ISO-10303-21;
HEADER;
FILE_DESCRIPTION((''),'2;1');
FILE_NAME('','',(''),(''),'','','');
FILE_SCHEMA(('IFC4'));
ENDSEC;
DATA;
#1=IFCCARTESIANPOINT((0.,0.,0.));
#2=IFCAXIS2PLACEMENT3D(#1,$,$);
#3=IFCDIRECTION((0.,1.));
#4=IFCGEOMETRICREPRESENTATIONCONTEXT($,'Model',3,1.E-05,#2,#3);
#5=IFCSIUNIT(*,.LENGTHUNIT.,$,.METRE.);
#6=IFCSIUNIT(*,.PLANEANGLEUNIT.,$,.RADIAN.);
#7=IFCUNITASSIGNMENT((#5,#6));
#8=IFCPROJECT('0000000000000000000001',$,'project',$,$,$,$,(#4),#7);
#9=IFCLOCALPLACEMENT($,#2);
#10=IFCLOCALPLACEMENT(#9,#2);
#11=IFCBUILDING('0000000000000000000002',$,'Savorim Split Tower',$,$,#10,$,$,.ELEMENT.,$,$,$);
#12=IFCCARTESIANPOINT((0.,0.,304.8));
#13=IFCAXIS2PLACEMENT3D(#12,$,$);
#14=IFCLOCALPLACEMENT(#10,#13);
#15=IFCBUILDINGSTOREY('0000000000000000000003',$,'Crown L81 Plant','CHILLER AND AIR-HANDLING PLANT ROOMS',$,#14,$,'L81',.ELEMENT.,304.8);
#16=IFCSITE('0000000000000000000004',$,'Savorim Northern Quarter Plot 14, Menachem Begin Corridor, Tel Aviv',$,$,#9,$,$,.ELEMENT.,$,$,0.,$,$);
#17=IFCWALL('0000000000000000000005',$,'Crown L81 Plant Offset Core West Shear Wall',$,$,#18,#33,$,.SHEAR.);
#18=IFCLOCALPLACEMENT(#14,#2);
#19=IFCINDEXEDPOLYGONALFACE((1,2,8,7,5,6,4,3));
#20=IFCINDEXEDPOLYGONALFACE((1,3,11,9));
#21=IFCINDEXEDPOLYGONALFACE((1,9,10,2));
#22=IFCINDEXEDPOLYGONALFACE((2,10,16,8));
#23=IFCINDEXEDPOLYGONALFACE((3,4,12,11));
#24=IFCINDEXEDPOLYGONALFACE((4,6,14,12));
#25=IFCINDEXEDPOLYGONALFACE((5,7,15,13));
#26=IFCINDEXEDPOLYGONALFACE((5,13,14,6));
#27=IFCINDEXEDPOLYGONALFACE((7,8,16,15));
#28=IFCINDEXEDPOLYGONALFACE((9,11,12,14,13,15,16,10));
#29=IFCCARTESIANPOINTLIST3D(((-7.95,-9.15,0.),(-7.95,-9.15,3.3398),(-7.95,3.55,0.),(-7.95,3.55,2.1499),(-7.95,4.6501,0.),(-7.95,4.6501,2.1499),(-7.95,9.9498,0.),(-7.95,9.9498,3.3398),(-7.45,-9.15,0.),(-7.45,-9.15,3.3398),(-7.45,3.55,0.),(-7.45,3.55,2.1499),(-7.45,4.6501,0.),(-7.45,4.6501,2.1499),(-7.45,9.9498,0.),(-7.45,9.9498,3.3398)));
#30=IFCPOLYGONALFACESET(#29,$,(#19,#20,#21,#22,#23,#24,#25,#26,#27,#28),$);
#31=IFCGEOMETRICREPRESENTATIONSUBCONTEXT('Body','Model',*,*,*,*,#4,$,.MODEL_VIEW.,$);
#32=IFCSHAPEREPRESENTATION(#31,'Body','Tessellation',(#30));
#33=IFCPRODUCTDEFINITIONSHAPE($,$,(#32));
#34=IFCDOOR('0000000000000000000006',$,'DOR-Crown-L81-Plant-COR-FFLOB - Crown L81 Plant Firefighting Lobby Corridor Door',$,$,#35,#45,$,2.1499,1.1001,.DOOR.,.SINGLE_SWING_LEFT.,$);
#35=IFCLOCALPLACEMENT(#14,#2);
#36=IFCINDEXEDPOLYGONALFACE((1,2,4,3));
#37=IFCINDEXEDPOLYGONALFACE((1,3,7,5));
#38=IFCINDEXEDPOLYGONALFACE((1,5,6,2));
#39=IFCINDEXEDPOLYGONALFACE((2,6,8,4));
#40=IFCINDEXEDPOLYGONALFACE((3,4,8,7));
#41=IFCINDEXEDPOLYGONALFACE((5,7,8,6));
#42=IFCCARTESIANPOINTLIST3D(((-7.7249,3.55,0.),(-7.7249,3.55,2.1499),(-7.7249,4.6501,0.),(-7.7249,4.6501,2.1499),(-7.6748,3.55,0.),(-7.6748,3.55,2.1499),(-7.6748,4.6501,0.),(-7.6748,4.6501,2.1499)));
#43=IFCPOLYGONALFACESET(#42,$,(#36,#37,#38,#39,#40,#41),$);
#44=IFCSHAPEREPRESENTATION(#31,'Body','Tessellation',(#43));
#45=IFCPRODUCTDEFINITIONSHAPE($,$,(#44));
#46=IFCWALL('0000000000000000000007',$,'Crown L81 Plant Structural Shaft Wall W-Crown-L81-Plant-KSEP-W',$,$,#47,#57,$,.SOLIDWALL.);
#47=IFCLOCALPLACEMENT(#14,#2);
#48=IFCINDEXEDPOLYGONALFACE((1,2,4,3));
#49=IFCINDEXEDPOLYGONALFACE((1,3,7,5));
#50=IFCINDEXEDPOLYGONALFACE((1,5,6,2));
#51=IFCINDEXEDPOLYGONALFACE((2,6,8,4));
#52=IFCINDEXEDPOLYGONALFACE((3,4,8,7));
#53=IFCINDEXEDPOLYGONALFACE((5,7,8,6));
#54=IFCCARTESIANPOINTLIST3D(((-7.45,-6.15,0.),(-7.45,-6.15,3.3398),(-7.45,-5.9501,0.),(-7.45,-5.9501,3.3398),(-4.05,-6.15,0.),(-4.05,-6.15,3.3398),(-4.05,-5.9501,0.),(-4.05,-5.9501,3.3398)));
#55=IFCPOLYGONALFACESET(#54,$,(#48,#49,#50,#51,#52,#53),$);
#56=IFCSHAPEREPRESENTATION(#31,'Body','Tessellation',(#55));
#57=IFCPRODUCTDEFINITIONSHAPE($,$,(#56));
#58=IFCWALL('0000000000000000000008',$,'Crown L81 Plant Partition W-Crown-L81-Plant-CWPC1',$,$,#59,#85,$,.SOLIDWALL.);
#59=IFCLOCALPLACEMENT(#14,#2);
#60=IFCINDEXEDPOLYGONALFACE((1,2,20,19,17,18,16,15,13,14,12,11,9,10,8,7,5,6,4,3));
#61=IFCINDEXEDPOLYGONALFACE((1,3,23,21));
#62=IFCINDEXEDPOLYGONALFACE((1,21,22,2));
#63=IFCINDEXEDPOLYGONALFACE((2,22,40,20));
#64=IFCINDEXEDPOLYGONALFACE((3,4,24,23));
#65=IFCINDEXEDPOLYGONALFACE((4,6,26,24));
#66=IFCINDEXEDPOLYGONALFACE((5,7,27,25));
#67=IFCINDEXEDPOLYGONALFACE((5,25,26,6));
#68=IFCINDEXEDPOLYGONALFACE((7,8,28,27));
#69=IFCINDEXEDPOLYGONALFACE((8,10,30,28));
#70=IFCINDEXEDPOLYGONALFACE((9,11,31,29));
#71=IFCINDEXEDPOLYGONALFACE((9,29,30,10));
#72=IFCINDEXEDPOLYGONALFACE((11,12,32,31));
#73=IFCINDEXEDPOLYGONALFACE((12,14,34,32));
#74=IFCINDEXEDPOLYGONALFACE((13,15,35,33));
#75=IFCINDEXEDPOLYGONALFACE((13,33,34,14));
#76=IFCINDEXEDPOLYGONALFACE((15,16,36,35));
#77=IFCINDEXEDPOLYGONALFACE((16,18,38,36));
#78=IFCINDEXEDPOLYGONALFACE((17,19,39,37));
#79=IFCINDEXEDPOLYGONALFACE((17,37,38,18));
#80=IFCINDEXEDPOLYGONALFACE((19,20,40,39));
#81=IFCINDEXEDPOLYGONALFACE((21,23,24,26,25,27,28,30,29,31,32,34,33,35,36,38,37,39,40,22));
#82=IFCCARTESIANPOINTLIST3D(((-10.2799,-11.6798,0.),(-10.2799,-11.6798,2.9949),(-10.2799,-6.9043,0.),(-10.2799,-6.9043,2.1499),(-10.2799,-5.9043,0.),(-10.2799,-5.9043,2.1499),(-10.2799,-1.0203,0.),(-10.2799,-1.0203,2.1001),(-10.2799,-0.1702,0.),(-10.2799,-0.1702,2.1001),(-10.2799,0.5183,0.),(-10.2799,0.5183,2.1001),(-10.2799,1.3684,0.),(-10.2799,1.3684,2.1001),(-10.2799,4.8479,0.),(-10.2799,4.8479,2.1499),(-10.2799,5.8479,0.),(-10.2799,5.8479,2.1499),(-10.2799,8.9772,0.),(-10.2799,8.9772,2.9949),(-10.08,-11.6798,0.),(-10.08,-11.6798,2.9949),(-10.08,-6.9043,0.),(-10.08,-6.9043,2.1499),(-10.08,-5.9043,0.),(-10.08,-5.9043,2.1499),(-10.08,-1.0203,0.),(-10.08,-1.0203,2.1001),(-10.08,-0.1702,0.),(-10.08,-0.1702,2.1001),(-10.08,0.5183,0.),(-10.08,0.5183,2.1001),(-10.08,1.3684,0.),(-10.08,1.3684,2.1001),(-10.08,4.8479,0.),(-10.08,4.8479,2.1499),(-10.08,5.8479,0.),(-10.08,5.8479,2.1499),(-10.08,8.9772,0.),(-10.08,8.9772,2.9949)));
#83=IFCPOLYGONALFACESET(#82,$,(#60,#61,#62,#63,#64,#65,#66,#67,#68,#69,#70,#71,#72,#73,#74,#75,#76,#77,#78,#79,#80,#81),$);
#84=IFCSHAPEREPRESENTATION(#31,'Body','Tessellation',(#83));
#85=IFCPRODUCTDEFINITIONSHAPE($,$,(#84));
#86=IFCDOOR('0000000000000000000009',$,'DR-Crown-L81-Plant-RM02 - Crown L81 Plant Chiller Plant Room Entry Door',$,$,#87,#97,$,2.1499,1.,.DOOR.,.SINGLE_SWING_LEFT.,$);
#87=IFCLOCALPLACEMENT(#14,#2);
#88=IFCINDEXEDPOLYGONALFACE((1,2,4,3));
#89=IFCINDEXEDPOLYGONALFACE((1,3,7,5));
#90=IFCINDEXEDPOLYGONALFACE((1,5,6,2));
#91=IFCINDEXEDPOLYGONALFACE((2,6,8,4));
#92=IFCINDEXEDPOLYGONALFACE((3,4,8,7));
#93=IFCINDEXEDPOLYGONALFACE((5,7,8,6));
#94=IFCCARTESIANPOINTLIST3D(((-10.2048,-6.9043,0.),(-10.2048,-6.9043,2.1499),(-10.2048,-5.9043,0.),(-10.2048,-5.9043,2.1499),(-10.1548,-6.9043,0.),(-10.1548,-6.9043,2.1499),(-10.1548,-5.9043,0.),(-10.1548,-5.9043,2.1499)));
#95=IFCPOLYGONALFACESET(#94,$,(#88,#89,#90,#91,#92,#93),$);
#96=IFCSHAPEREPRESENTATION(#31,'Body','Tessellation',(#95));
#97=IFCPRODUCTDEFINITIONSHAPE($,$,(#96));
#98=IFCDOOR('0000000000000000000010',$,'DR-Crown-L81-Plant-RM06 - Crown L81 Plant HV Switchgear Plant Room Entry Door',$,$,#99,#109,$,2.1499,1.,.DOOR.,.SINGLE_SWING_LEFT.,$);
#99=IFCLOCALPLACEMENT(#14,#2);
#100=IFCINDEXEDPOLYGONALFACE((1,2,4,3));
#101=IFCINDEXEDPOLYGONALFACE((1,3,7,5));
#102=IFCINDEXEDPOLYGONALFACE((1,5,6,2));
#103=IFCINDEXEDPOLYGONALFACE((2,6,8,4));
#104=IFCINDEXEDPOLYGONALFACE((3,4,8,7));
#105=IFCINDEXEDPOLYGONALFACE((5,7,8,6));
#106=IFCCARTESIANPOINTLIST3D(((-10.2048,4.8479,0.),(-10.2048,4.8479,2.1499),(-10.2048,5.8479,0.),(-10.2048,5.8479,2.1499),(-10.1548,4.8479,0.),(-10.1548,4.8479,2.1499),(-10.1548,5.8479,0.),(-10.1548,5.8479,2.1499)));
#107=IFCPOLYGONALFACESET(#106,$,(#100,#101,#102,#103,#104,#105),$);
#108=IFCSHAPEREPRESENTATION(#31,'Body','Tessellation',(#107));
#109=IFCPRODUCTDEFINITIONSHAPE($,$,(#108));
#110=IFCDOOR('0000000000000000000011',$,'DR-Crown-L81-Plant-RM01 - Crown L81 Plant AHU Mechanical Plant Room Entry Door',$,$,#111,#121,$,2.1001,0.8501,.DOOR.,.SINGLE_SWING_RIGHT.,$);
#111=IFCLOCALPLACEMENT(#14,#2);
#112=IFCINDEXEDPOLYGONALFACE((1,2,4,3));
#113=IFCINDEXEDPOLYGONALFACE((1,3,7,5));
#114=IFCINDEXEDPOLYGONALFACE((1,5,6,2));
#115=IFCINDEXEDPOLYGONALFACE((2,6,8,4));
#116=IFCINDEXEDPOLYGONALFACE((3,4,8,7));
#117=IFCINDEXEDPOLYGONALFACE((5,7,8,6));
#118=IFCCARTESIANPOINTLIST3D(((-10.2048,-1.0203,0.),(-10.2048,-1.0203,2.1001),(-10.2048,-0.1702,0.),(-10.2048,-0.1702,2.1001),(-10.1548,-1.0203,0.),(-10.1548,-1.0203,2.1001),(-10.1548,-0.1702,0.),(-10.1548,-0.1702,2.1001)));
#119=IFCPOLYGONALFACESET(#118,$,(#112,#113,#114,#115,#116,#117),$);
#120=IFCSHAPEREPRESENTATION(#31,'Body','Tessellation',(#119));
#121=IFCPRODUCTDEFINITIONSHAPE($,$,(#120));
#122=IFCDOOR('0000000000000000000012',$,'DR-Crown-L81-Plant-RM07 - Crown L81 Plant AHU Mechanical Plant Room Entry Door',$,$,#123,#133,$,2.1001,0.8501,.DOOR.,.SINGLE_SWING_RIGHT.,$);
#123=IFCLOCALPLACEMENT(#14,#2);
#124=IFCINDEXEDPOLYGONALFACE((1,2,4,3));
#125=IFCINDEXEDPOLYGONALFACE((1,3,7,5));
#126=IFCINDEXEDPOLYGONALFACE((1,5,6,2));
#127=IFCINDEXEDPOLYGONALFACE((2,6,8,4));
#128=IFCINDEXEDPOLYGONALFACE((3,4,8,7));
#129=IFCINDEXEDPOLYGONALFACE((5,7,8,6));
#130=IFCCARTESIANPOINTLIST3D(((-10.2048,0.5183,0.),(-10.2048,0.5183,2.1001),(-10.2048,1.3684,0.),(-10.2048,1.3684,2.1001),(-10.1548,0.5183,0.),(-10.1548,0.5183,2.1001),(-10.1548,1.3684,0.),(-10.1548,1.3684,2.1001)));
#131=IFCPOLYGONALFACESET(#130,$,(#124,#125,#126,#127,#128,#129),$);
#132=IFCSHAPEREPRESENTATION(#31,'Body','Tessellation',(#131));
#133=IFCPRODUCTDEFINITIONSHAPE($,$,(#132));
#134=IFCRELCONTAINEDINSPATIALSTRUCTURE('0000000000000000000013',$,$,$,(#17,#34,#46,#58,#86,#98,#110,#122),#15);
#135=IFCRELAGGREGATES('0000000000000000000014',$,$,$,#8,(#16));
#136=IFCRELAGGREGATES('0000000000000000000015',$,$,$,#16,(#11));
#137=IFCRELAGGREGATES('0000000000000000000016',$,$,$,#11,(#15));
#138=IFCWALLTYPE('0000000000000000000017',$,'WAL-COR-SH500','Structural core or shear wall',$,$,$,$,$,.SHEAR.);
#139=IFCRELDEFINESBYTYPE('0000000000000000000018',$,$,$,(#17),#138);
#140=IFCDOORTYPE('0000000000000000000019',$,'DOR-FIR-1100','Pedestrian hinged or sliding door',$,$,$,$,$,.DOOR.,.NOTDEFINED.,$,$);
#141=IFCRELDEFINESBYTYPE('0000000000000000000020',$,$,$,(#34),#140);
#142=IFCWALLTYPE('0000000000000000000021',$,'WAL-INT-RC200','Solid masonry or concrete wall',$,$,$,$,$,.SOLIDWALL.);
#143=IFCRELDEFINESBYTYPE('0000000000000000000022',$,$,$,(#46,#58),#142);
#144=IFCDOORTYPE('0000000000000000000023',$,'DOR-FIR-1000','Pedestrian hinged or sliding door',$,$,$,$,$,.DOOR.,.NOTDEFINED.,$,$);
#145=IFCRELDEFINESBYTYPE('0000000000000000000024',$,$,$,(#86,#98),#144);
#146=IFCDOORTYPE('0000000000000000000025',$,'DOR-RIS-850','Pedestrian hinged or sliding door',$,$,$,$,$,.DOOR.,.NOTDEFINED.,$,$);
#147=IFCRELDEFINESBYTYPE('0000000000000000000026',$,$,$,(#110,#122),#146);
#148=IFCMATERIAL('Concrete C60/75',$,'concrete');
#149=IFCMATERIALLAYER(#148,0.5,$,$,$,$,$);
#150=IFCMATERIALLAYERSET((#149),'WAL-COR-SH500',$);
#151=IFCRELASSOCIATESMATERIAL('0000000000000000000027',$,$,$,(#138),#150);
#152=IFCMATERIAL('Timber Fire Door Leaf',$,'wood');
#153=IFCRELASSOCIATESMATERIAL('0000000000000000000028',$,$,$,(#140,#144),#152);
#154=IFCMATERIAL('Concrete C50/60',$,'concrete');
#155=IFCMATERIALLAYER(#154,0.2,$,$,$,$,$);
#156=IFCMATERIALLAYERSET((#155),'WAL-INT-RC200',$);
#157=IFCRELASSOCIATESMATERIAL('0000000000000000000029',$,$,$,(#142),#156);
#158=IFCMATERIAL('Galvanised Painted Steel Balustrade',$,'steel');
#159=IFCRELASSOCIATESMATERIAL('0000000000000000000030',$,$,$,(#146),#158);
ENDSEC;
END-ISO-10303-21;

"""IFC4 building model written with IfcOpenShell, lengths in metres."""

from ifc_helpers import new_model, si_unit, direction, frame, frame_2d, origin, place, context, subcontext, project, spatial, rectangle, extrude, material, layer, layer_set, type_object, element, fill, save


model = new_model("IFC4")

# Units and contexts
model_context = context("Model", 3, precision=1e-05, world=origin(), true_north=direction((0.0, 1.0)))
body_context = subcontext(model_context, "Body", "Model", "MODEL_VIEW")
ifc_project = project(units=[si_unit("LENGTHUNIT", "METRE"), si_unit("PLANEANGLEUNIT", "RADIAN")], contexts=[model_context])

# Site, building, storey
site_placement = place(None, origin())
site = spatial("IfcSite", under=ifc_project, at=site_placement, Name="Savorim Northern Quarter Plot 14, Menachem Begin Corridor, Tel Aviv", CompositionType="ELEMENT", RefElevation=0.0)
building_placement = place(site_placement, origin())
building = spatial("IfcBuilding", under=site, at=building_placement, Name="Savorim Split Tower", CompositionType="ELEMENT")
storey_placement = place(building_placement, frame((0.0, 0.0, 304.8)))
storey = spatial("IfcBuildingStorey", under=building, at=storey_placement, Name="Crown L81 Plant", Description="CHILLER AND AIR-HANDLING PLANT ROOMS", LongName="L81", CompositionType="ELEMENT", Elevation=304.8)

# Wall, opening, door
ifc_material_1 = material(Name="Concrete C60/75", Category="concrete")
ifc_layer_1 = layer(ifc_material_1, 0.5)
ifc_layer_set_1 = layer_set([ifc_layer_1], Name="WAL-COR-SH500")
wall_type_1 = type_object("IfcWallType", Name="WAL-COR-SH500", Description="Structural core or shear wall", PredefinedType="SHEAR", material=ifc_layer_set_1)
ifc_material_2 = material(Name="Timber Fire Door Leaf", Category="wood")
wall_1_placement = place(storey_placement, frame((-7.7, -9.1499, 0.0), z_axis=(0.0, 0.0, 1.0), x_axis=(0.0, 1.0, 0.0)))
wall_1 = element("IfcWall", 1, at=wall_1_placement, inside=storey, type_object=wall_type_1, Name="Crown L81 Plant Offset Core West Shear Wall", PredefinedType="SHEAR", context=body_context, shape_type="SweptSolid", body=[
    extrude(rectangle(XDim=19.0999, YDim=0.5, at=frame_2d((9.5498, 0.0))), origin(), (0.0, 0.0, 1.0), 3.3398),
])
opening_1_placement = place(wall_1_placement, frame((12.7, 0.0, 0.0)))
opening_1 = element("IfcOpeningElement", 2, at=opening_1_placement, cuts=wall_1, PredefinedType="OPENING", context=body_context, shape_type="SweptSolid", body=[
    extrude(rectangle(XDim=1.1001, YDim=2.1499, at=frame_2d((0.55, 1.075))), frame((0.0, 0.26, 0.0), z_axis=(0.0, -1.0, 0.0), x_axis=(1.0, 0.0, 0.0)), (0.0, 0.0, 1.0), 0.52),
])
door_type_1 = type_object("IfcDoorType", Name="DOR-FIR-1100", Description="Pedestrian hinged or sliding door", OperationType="NOTDEFINED", PredefinedType="DOOR", material=ifc_material_2)
door_1_placement = place(opening_1_placement, origin())
door_1 = element("IfcDoor", 3, at=door_1_placement, inside=storey, type_object=door_type_1, Name="DOR-Crown-L81-Plant-COR-FFLOB - Crown L81 Plant Firefighting Lobby Corridor Door", OperationType="SINGLE_SWING_LEFT", OverallHeight=2.1499, OverallWidth=1.1001, PredefinedType="DOOR", context=body_context, shape_type="SweptSolid", body=[
    extrude(rectangle(XDim=1.1001, YDim=2.1499, at=frame_2d((0.55, 1.075))), frame((0.0, 0.0249, 0.0), z_axis=(0.0, -1.0, 0.0), x_axis=(1.0, 0.0, 0.0)), (0.0, 0.0, 1.0), 0.05),
])
fill(opening_1, door_1)

# Wall
ifc_material_3 = material(Name="Concrete C50/60", Category="concrete")
ifc_layer_2 = layer(ifc_material_3, 0.2)
ifc_layer_set_2 = layer_set([ifc_layer_2], Name="WAL-INT-RC200")
wall_type_2 = type_object("IfcWallType", Name="WAL-INT-RC200", Description="Solid masonry or concrete wall", PredefinedType="SOLIDWALL", material=ifc_layer_set_2)
wall_2_placement = place(storey_placement, frame((-7.45, -6.05, 0.0), z_axis=(0.0, 0.0, 1.0), x_axis=(1.0, 0.0, 0.0)))
element("IfcWall", 4, at=wall_2_placement, inside=storey, type_object=wall_type_2, Name="Crown L81 Plant Structural Shaft Wall W-Crown-L81-Plant-KSEP-W", PredefinedType="SOLIDWALL", context=body_context, shape_type="SweptSolid", body=[
    extrude(rectangle(XDim=3.3999, YDim=0.2, at=frame_2d((1.7, 0.0))), origin(), (0.0, 0.0, 1.0), 3.3398),
])

# Wall, openings, doors
wall_3_placement = place(storey_placement, frame((-10.1799, -11.6799, 0.0), z_axis=(0.0, 0.0, 1.0), x_axis=(0.0, 1.0, 0.0)))
wall_3 = element("IfcWall", 5, at=wall_3_placement, inside=storey, type_object=wall_type_2, Name="Crown L81 Plant Partition W-Crown-L81-Plant-CWPC1", PredefinedType="SOLIDWALL", context=body_context, shape_type="SweptSolid", body=[
    extrude(rectangle(XDim=20.657, YDim=0.2, at=frame_2d((10.3286, 0.0))), origin(), (0.0, 0.0, 1.0), 2.9949),
])
opening_2_placement = place(wall_3_placement, frame((10.6597, 0.0, 0.0)))
opening_2 = element("IfcOpeningElement", 6, at=opening_2_placement, cuts=wall_3, PredefinedType="OPENING", context=body_context, shape_type="SweptSolid", body=[
    extrude(rectangle(XDim=0.8501, YDim=2.1001, at=frame_2d((0.425, 1.05))), frame((0.0, 0.1099, 0.0), z_axis=(0.0, -1.0, 0.0), x_axis=(1.0, 0.0, 0.0)), (0.0, 0.0, 1.0), 0.22),
])
opening_3_placement = place(wall_3_placement, frame((4.7756, 0.0, 0.0)))
opening_3 = element("IfcOpeningElement", 7, at=opening_3_placement, cuts=wall_3, PredefinedType="OPENING", context=body_context, shape_type="SweptSolid", body=[
    extrude(rectangle(XDim=1.0, YDim=2.1499, at=frame_2d((0.5, 1.075))), frame((0.0, 0.1099, 0.0), z_axis=(0.0, -1.0, 0.0), x_axis=(1.0, 0.0, 0.0)), (0.0, 0.0, 1.0), 0.22),
])
opening_4_placement = place(wall_3_placement, frame((16.5278, 0.0, 0.0)))
opening_4 = element("IfcOpeningElement", 8, at=opening_4_placement, cuts=wall_3, PredefinedType="OPENING", context=body_context, shape_type="SweptSolid", body=[
    extrude(rectangle(XDim=1.0, YDim=2.1499, at=frame_2d((0.5, 1.075))), frame((0.0, 0.1099, 0.0), z_axis=(0.0, -1.0, 0.0), x_axis=(1.0, 0.0, 0.0)), (0.0, 0.0, 1.0), 0.22),
])
opening_5_placement = place(wall_3_placement, frame((12.1982, 0.0, 0.0)))
opening_5 = element("IfcOpeningElement", 9, at=opening_5_placement, cuts=wall_3, PredefinedType="OPENING", context=body_context, shape_type="SweptSolid", body=[
    extrude(rectangle(XDim=0.8501, YDim=2.1001, at=frame_2d((0.425, 1.05))), frame((0.0, 0.1099, 0.0), z_axis=(0.0, -1.0, 0.0), x_axis=(1.0, 0.0, 0.0)), (0.0, 0.0, 1.0), 0.22),
])
door_type_2 = type_object("IfcDoorType", Name="DOR-FIR-1000", Description="Pedestrian hinged or sliding door", OperationType="NOTDEFINED", PredefinedType="DOOR", material=ifc_material_2)
door_2_placement = place(opening_3_placement, origin())
door_2 = element("IfcDoor", 10, at=door_2_placement, inside=storey, type_object=door_type_2, Name="DR-Crown-L81-Plant-RM02 - Crown L81 Plant Chiller Plant Room Entry Door", OperationType="SINGLE_SWING_LEFT", OverallHeight=2.1499, OverallWidth=1.0, PredefinedType="DOOR", context=body_context, shape_type="SweptSolid", body=[
    extrude(rectangle(XDim=1.0, YDim=2.1499, at=frame_2d((0.5, 1.075))), frame((0.0, 0.0249, 0.0), z_axis=(0.0, -1.0, 0.0), x_axis=(1.0, 0.0, 0.0)), (0.0, 0.0, 1.0), 0.05),
])
fill(opening_3, door_2)
door_3_placement = place(opening_4_placement, origin())
door_3 = element("IfcDoor", 11, at=door_3_placement, inside=storey, type_object=door_type_2, Name="DR-Crown-L81-Plant-RM06 - Crown L81 Plant HV Switchgear Plant Room Entry Door", OperationType="SINGLE_SWING_LEFT", OverallHeight=2.1499, OverallWidth=1.0, PredefinedType="DOOR", context=body_context, shape_type="SweptSolid", body=[
    extrude(rectangle(XDim=1.0, YDim=2.1499, at=frame_2d((0.5, 1.075))), frame((0.0, 0.0249, 0.0), z_axis=(0.0, -1.0, 0.0), x_axis=(1.0, 0.0, 0.0)), (0.0, 0.0, 1.0), 0.05),
])
fill(opening_4, door_3)
ifc_material_4 = material(Name="Galvanised Painted Steel Balustrade", Category="steel")
door_type_3 = type_object("IfcDoorType", Name="DOR-RIS-850", Description="Pedestrian hinged or sliding door", OperationType="NOTDEFINED", PredefinedType="DOOR", material=ifc_material_4)
door_4_placement = place(opening_2_placement, origin())
door_4 = element("IfcDoor", 12, at=door_4_placement, inside=storey, type_object=door_type_3, Name="DR-Crown-L81-Plant-RM01 - Crown L81 Plant AHU Mechanical Plant Room Entry Door", OperationType="SINGLE_SWING_RIGHT", OverallHeight=2.1001, OverallWidth=0.8501, PredefinedType="DOOR", context=body_context, shape_type="SweptSolid", body=[
    extrude(rectangle(XDim=0.8501, YDim=2.1001, at=frame_2d((0.425, 1.05))), frame((0.0, 0.0249, 0.0), z_axis=(0.0, -1.0, 0.0), x_axis=(1.0, 0.0, 0.0)), (0.0, 0.0, 1.0), 0.05),
])
fill(opening_2, door_4)
door_5_placement = place(opening_5_placement, origin())
door_5 = element("IfcDoor", 13, at=door_5_placement, inside=storey, type_object=door_type_3, Name="DR-Crown-L81-Plant-RM07 - Crown L81 Plant AHU Mechanical Plant Room Entry Door", OperationType="SINGLE_SWING_RIGHT", OverallHeight=2.1001, OverallWidth=0.8501, PredefinedType="DOOR", context=body_context, shape_type="SweptSolid", body=[
    extrude(rectangle(XDim=0.8501, YDim=2.1001, at=frame_2d((0.425, 1.05))), frame((0.0, 0.0249, 0.0), z_axis=(0.0, -1.0, 0.0), x_axis=(1.0, 0.0, 0.0)), (0.0, 0.0, 1.0), 0.05),
])
fill(opening_5, door_5)

save(model, "model.ifc")
